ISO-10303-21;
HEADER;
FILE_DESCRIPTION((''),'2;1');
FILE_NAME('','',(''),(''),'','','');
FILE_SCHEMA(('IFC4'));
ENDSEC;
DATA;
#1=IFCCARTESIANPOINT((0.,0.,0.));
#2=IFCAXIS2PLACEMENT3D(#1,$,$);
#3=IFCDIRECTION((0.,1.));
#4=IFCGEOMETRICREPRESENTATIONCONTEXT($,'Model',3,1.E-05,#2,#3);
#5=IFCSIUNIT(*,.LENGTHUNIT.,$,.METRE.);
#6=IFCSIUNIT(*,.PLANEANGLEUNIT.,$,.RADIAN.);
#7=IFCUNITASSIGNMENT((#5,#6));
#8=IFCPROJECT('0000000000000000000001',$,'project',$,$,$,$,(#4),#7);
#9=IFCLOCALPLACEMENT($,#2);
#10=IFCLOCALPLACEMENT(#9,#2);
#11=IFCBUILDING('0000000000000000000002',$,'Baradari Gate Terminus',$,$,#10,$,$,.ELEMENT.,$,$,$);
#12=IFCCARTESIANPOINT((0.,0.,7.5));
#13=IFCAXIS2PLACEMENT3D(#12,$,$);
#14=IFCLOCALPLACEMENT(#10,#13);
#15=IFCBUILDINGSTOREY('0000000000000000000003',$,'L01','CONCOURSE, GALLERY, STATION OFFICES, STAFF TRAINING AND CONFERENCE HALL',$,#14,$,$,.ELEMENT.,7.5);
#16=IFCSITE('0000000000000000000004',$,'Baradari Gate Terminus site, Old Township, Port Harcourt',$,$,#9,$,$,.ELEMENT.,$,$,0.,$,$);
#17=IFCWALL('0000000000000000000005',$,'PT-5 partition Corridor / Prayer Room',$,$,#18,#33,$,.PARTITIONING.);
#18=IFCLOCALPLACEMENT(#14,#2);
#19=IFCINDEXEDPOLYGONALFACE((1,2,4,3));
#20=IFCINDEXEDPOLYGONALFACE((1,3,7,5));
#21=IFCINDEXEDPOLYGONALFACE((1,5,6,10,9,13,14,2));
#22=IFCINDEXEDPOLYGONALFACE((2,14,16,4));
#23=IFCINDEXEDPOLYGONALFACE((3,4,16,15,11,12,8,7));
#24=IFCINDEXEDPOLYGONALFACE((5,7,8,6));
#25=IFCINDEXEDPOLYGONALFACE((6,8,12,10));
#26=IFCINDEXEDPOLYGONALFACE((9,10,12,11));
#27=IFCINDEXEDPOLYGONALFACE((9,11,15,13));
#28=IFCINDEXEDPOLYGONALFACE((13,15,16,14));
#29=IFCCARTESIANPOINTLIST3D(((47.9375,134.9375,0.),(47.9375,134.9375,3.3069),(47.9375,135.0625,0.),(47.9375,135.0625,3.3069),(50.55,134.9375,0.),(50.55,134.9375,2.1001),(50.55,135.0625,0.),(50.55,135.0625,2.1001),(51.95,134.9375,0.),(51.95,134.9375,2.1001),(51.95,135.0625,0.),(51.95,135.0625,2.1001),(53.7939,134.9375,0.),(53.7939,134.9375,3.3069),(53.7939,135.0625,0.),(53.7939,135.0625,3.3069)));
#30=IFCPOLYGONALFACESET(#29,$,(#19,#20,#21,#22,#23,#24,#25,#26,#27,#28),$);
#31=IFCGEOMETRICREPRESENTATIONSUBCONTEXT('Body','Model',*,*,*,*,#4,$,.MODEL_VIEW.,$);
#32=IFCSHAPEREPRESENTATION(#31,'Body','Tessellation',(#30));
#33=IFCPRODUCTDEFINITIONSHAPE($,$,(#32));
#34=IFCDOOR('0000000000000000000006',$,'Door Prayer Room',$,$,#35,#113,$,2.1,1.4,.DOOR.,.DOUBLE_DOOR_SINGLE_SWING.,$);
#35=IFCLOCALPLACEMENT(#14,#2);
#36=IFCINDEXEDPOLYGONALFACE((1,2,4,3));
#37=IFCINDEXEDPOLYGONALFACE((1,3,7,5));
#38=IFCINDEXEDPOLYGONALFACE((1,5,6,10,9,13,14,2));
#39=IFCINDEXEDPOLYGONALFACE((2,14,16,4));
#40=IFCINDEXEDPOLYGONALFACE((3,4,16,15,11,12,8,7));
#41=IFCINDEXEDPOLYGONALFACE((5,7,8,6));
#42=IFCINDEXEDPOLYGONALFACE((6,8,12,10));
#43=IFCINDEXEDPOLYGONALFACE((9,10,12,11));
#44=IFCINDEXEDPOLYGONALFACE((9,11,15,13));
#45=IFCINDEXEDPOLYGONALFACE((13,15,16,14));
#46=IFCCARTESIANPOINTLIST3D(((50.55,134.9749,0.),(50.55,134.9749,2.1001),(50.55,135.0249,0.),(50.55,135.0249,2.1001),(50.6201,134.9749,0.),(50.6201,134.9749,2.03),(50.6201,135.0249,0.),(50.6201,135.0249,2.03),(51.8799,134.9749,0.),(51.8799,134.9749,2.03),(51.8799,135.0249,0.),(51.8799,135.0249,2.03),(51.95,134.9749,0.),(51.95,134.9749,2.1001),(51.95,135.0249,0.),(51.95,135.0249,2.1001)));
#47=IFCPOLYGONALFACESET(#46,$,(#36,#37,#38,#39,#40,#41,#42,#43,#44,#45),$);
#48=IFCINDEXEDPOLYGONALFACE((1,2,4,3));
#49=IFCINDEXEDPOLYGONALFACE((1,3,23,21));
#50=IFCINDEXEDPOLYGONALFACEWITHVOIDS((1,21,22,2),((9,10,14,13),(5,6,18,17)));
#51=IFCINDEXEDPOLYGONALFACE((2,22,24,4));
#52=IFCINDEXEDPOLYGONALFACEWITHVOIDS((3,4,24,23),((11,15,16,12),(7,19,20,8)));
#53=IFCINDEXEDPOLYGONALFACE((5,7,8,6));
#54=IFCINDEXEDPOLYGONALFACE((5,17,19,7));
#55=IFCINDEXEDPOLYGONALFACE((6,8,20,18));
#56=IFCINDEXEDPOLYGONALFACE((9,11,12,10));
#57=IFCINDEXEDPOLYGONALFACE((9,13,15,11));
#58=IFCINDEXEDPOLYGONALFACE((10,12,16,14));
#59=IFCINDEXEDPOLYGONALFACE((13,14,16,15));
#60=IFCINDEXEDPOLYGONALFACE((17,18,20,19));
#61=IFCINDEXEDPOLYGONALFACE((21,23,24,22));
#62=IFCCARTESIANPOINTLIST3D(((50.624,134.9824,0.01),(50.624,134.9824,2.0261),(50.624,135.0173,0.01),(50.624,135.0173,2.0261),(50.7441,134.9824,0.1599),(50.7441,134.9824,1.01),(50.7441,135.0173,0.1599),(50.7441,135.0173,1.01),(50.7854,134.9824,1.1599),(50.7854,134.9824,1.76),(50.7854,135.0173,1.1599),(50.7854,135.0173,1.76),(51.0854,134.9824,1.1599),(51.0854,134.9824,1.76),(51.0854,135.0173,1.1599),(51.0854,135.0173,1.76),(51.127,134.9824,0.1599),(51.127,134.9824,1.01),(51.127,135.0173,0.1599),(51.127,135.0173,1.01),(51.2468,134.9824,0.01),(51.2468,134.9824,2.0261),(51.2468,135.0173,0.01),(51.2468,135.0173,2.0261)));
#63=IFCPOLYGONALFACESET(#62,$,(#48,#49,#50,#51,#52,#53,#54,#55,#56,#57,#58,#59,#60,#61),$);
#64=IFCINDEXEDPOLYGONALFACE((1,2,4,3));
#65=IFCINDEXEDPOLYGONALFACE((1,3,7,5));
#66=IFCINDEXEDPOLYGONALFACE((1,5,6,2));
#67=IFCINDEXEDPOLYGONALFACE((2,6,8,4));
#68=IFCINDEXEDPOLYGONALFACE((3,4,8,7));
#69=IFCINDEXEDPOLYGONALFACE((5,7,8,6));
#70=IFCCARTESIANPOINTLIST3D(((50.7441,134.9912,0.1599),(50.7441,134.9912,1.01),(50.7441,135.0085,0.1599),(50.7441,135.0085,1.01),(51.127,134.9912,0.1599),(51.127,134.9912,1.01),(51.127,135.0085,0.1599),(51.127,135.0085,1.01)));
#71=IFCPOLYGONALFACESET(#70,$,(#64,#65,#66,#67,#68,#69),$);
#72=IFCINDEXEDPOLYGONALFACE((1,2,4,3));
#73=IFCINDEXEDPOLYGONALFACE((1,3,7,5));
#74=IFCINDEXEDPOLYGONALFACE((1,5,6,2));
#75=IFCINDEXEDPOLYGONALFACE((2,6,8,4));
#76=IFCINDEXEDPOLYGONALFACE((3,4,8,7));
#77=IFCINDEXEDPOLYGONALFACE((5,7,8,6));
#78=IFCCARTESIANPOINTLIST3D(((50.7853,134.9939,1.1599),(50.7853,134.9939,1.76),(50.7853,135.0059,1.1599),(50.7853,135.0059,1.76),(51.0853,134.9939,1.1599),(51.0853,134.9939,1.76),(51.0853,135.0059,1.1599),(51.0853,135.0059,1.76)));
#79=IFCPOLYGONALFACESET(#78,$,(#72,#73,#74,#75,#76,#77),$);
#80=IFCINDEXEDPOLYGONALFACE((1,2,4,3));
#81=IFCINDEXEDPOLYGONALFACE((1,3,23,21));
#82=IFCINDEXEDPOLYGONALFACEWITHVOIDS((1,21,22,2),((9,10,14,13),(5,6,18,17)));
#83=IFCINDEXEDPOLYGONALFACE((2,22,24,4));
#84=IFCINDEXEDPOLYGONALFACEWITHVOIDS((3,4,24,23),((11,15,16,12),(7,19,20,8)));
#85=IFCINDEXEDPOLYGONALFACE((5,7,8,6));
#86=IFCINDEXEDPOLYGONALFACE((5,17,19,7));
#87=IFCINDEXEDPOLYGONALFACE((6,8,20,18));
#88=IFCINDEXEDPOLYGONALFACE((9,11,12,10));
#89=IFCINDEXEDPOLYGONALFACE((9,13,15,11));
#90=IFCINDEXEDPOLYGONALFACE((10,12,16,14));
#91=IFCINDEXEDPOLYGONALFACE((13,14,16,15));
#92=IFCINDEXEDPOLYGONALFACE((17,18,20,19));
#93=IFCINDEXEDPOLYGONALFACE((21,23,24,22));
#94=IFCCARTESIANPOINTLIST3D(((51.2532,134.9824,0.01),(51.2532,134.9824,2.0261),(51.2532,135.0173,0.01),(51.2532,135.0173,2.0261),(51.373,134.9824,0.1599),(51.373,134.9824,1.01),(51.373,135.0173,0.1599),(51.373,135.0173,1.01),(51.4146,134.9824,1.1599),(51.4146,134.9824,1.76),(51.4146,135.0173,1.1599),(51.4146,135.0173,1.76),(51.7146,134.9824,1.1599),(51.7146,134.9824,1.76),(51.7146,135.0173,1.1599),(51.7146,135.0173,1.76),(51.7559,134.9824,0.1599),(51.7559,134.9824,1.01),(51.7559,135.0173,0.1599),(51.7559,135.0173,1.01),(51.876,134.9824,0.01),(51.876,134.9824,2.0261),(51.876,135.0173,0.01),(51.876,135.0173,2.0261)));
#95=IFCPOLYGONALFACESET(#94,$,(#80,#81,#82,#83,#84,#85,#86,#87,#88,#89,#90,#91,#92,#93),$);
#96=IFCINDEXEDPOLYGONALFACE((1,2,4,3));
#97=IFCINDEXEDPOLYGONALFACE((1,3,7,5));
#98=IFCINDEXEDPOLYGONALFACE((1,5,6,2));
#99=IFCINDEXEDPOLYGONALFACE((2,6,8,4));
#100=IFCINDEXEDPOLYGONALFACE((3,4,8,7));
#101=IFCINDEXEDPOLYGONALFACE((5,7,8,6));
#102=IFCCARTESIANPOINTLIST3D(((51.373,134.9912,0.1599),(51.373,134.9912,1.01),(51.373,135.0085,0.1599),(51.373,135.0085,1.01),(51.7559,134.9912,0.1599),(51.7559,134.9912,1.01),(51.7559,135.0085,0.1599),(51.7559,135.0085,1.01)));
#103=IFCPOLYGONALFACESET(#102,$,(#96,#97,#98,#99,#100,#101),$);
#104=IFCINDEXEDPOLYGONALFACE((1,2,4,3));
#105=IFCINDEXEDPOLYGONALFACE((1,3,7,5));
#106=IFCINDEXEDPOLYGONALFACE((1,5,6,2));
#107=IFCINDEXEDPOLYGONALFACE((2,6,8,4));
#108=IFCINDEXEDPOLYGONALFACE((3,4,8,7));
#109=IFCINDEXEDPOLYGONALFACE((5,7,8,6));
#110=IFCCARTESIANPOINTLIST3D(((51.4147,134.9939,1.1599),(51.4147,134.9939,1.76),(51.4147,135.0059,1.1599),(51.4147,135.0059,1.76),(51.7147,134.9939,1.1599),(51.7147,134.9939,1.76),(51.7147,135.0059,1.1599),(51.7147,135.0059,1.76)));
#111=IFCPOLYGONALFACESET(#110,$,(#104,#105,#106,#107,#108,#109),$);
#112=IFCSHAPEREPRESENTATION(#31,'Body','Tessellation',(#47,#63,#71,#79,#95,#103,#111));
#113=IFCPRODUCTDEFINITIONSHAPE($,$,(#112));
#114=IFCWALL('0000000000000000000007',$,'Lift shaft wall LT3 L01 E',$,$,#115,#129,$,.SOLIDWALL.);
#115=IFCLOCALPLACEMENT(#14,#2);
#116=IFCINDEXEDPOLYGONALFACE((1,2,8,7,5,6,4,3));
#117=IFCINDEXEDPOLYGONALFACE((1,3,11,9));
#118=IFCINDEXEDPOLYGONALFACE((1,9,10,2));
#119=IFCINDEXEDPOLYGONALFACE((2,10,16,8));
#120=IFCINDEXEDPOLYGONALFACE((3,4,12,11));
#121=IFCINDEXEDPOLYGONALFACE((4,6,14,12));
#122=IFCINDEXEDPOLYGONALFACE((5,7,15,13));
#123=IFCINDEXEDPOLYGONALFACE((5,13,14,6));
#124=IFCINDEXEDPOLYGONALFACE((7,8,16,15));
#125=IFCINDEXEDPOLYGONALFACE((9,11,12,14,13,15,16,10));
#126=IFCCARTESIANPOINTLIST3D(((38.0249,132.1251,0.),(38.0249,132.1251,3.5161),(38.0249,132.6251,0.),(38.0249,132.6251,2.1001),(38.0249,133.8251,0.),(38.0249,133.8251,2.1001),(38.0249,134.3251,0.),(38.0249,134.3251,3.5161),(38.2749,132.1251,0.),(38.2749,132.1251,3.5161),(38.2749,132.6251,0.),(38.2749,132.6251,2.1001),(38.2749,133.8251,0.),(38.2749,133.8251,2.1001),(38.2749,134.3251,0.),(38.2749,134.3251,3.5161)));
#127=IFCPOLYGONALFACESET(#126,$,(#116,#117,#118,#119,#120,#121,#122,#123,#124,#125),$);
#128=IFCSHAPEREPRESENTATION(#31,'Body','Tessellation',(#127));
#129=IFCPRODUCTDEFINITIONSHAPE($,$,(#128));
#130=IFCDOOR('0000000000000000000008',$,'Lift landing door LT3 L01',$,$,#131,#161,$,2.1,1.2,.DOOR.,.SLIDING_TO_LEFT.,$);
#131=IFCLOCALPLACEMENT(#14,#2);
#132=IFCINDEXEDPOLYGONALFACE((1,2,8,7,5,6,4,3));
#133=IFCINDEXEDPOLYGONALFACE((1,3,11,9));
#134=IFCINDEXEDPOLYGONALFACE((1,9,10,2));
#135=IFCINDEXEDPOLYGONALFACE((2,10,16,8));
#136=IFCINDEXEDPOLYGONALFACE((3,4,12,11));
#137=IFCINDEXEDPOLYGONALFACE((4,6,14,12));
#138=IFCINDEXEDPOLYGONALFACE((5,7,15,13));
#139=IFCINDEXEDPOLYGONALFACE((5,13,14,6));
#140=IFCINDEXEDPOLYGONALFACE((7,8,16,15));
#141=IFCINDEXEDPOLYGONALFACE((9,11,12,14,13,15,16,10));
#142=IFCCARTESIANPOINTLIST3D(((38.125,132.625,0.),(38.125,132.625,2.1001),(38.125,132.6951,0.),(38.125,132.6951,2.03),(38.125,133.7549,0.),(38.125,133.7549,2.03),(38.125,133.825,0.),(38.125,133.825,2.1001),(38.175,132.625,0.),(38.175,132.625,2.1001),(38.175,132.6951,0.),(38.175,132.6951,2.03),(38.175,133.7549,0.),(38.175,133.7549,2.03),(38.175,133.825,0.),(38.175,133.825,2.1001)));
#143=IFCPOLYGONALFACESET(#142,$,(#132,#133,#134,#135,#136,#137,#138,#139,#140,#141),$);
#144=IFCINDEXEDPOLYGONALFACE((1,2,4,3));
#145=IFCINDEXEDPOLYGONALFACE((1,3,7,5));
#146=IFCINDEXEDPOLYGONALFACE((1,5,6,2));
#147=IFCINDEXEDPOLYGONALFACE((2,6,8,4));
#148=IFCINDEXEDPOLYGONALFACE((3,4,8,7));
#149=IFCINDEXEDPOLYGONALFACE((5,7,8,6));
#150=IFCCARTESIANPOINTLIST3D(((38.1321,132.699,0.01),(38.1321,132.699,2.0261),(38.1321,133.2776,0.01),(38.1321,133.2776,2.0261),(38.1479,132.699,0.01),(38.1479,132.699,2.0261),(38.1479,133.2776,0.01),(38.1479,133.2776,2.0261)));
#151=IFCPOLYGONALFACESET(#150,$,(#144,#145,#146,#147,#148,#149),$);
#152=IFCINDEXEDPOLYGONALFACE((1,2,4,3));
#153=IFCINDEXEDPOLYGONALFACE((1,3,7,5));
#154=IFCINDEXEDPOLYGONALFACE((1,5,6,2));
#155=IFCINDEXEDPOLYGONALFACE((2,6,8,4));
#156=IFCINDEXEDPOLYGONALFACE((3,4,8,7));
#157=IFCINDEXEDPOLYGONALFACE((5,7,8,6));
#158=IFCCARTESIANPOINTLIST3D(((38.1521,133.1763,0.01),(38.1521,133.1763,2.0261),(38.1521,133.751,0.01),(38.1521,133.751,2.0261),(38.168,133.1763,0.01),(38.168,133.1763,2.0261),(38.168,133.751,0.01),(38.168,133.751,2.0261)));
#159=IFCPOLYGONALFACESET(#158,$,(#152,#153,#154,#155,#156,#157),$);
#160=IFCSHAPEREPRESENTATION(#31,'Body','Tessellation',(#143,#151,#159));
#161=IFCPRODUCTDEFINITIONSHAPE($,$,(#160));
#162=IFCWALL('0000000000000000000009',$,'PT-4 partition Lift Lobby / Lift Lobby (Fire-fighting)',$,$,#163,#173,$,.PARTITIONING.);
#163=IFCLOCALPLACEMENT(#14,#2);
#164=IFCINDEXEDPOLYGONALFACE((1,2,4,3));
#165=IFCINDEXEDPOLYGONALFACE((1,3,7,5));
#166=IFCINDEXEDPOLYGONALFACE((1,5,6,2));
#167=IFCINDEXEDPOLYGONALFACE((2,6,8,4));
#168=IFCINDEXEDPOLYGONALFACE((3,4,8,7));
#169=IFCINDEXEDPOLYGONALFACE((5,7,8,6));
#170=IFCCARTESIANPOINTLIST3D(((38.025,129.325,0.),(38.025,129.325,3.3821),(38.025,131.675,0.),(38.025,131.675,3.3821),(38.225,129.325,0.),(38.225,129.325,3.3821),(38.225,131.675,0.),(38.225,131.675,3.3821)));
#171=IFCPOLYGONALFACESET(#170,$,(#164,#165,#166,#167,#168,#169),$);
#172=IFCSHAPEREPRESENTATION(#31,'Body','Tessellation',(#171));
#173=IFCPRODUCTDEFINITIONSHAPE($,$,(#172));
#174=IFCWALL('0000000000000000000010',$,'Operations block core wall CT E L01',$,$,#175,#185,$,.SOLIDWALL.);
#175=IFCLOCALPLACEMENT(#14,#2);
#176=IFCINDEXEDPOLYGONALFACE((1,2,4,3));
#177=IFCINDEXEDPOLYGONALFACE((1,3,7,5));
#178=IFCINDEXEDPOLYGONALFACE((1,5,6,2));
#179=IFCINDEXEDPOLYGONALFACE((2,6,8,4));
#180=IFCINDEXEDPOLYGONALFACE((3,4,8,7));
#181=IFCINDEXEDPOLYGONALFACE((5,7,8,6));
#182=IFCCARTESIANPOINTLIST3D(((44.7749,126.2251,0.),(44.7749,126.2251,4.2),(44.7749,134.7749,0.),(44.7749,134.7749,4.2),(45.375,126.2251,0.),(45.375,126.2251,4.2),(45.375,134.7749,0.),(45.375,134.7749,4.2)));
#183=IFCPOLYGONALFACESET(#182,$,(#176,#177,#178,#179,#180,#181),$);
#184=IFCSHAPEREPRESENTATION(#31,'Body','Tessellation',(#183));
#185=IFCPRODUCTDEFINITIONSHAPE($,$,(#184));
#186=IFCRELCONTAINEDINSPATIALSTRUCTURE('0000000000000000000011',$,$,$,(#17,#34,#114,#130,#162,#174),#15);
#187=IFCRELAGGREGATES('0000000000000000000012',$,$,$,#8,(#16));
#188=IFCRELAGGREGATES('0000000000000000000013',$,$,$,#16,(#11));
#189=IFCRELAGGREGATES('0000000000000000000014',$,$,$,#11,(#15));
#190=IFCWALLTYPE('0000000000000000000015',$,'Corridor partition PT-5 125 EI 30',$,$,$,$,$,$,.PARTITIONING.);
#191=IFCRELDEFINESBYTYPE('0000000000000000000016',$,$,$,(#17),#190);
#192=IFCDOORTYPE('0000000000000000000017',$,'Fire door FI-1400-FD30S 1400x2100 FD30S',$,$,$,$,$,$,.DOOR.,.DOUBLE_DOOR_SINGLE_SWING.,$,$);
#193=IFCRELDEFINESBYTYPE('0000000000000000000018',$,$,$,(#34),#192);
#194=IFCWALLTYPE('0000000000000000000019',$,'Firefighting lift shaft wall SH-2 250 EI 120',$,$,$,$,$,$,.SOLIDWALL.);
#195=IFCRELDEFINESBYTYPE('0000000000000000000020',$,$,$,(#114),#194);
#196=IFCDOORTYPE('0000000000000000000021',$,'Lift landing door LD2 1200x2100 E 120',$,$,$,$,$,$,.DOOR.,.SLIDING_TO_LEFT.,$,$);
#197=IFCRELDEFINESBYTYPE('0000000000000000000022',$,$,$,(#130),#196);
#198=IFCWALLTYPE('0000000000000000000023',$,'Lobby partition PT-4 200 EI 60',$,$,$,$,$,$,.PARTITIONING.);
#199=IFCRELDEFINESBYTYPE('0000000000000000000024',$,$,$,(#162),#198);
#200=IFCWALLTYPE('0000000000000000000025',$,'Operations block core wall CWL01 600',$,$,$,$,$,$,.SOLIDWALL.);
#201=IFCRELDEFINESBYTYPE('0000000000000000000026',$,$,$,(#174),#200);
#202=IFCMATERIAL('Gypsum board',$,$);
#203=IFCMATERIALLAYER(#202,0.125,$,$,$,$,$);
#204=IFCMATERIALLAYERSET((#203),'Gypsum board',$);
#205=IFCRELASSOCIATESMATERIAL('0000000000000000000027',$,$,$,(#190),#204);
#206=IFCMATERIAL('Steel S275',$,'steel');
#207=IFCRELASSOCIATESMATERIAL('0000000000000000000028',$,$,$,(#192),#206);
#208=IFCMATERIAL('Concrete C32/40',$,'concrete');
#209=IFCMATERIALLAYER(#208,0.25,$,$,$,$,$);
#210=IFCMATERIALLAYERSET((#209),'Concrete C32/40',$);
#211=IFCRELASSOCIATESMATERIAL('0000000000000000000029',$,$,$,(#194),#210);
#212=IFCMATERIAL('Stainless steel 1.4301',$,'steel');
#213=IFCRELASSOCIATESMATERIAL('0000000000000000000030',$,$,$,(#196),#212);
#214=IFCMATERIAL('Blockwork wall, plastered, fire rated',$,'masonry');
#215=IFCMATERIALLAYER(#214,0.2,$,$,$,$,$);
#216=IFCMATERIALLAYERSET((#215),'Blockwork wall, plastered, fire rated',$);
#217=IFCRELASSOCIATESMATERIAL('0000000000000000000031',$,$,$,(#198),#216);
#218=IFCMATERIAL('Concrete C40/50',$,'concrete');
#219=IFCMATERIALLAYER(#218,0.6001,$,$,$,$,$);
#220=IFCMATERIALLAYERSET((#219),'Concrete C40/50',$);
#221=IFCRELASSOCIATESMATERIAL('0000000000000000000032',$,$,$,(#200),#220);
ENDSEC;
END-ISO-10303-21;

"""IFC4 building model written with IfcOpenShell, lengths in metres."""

from ifc_helpers import new_model, si_unit, direction, frame, frame_2d, origin, place, context, subcontext, project, spatial, polyline, rectangle, outline, extrude, material, layer, layer_set, type_object, element, fill, save


model = new_model("IFC4")

# Units and contexts
model_context = context("Model", 3, precision=1e-05, world=origin(), true_north=direction((0.0, 1.0)))
body_context = subcontext(model_context, "Body", "Model", "MODEL_VIEW")
ifc_project = project(units=[si_unit("LENGTHUNIT", "METRE"), si_unit("PLANEANGLEUNIT", "RADIAN")], contexts=[model_context])

# Site, building, storey
site_placement = place(None, origin())
site = spatial("IfcSite", under=ifc_project, at=site_placement, Name="Baradari Gate Terminus site, Old Township, Port Harcourt", CompositionType="ELEMENT", RefElevation=0.0)
building_placement = place(site_placement, origin())
building = spatial("IfcBuilding", under=site, at=building_placement, Name="Baradari Gate Terminus", CompositionType="ELEMENT")
storey_placement = place(building_placement, frame((0.0, 0.0, 7.5)))
storey = spatial("IfcBuildingStorey", under=building, at=storey_placement, Name="L01", Description="CONCOURSE, GALLERY, STATION OFFICES, STAFF TRAINING AND CONFERENCE HALL", CompositionType="ELEMENT", Elevation=7.5)

# Shared definitions
ifc_material_1 = material(Name="Gypsum board")
ifc_layer_1 = layer(ifc_material_1, 0.125)
ifc_layer_set_1 = layer_set([ifc_layer_1], Name="Gypsum board")
wall_type_1 = type_object("IfcWallType", Name="Corridor partition PT-5 125 EI 30", PredefinedType="PARTITIONING", material=ifc_layer_set_1)

# Walls, openings, doors
wall_1_placement = place(storey_placement, frame((47.9375, 135.0, 0.0), z_axis=(0.0, 0.0, 1.0), x_axis=(1.0, 0.0, 0.0)))
wall_1 = element("IfcWall", 1, at=wall_1_placement, inside=storey, type_object=wall_type_1, Name="PT-5 partition Corridor / Prayer Room", PredefinedType="PARTITIONING", context=body_context, shape_type="SweptSolid", body=[
    extrude(rectangle(XDim=5.8564, YDim=0.125, at=frame_2d((2.9282, 0.0))), origin(), (0.0, 0.0, 1.0), 3.3069),
])
opening_1_placement = place(wall_1_placement, frame((2.6125, 0.0, 0.0)))
opening_1 = element("IfcOpeningElement", 2, at=opening_1_placement, cuts=wall_1, PredefinedType="OPENING", context=body_context, shape_type="SweptSolid", body=[
    extrude(rectangle(XDim=1.3999, YDim=2.1001, at=frame_2d((0.7, 1.05))), frame((0.0, 0.0725, 0.0), z_axis=(0.0, -1.0, 0.0), x_axis=(1.0, 0.0, 0.0)), (0.0, 0.0, 1.0), 0.145),
])
ifc_material_2 = material(Name="Steel S275", Category="steel")
door_type_1 = type_object("IfcDoorType", Name="Fire door FI-1400-FD30S 1400x2100 FD30S", OperationType="DOUBLE_DOOR_SINGLE_SWING", PredefinedType="DOOR", material=ifc_material_2)
door_1_placement = place(opening_1_placement, origin())
door_1 = element("IfcDoor", 3, at=door_1_placement, inside=storey, type_object=door_type_1, Name="Door Prayer Room", OperationType="DOUBLE_DOOR_SINGLE_SWING", OverallHeight=2.1, OverallWidth=1.4, PredefinedType="DOOR", context=body_context, shape_type="SweptSolid", body=[
    extrude(outline(polyline([(0.0, 0.0), (0.0701, 0.0), (0.0701, 2.03), (1.3298, 2.03), (1.3298, 0.0), (1.3999, 0.0), (1.3999, 2.1001), (0.0, 2.1001), (0.0, 0.0)])), frame((0.0, 0.0249, 0.0), z_axis=(0.0, -1.0, 0.0), x_axis=(1.0, 0.0, 0.0)), (0.0, 0.0, 1.0), 0.05),
    extrude(outline(polyline([(0.074, 0.01), (0.6968, 0.01), (0.6968, 2.0261), (0.074, 2.0261), (0.074, 0.01)]), holes=[polyline([(0.1941, 0.1599), (0.5769, 0.1599), (0.5769, 1.01), (0.1941, 1.01), (0.1941, 0.1599)]), polyline([(0.2354, 1.1599), (0.5354, 1.1599), (0.5354, 1.76), (0.2354, 1.76), (0.2354, 1.1599)])]), frame((0.0, 0.0173, 0.0), z_axis=(0.0, -1.0, 0.0), x_axis=(1.0, 0.0, 0.0)), (0.0, 0.0, 1.0), 0.0349),
    extrude(rectangle(XDim=0.3828, YDim=0.8501, at=frame_2d((0.3855, 0.585))), frame((0.0, 0.0085, 0.0), z_axis=(0.0, -1.0, 0.0), x_axis=(1.0, 0.0, 0.0)), (0.0, 0.0, 1.0), 0.0173),
    extrude(rectangle(XDim=0.3, YDim=0.6001, at=frame_2d((0.3853, 1.46))), frame((0.0, 0.0059, 0.0), z_axis=(0.0, -1.0, 0.0), x_axis=(1.0, 0.0, 0.0)), (0.0, 0.0, 1.0), 0.012),
    extrude(outline(polyline([(0.7031, 0.01), (1.3259, 0.01), (1.3259, 2.0261), (0.7031, 2.0261), (0.7031, 0.01)]), holes=[polyline([(0.823, 0.1599), (1.2058, 0.1599), (1.2058, 1.01), (0.823, 1.01), (0.823, 0.1599)]), polyline([(0.8645, 1.1599), (1.1646, 1.1599), (1.1646, 1.76), (0.8645, 1.76), (0.8645, 1.1599)])]), frame((0.0, 0.0173, 0.0), z_axis=(0.0, -1.0, 0.0), x_axis=(1.0, 0.0, 0.0)), (0.0, 0.0, 1.0), 0.0349),
    extrude(rectangle(XDim=0.3828, YDim=0.8501, at=frame_2d((1.0144, 0.585))), frame((0.0, 0.0085, 0.0), z_axis=(0.0, -1.0, 0.0), x_axis=(1.0, 0.0, 0.0)), (0.0, 0.0, 1.0), 0.0173),
    extrude(rectangle(XDim=0.3, YDim=0.6001, at=frame_2d((1.0146, 1.46))), frame((0.0, 0.0059, 0.0), z_axis=(0.0, -1.0, 0.0), x_axis=(1.0, 0.0, 0.0)), (0.0, 0.0, 1.0), 0.012),
])
fill(opening_1, door_1)
ifc_material_3 = material(Name="Concrete C32/40", Category="concrete")
ifc_layer_2 = layer(ifc_material_3, 0.25)
ifc_layer_set_2 = layer_set([ifc_layer_2], Name="Concrete C32/40")
wall_type_2 = type_object("IfcWallType", Name="Firefighting lift shaft wall SH-2 250 EI 120", PredefinedType="SOLIDWALL", material=ifc_layer_set_2)
wall_2_placement = place(storey_placement, frame((38.1499, 132.125, 0.0), z_axis=(0.0, 0.0, 1.0), x_axis=(0.0, 1.0, 0.0)))
wall_2 = element("IfcWall", 4, at=wall_2_placement, inside=storey, type_object=wall_type_2, Name="Lift shaft wall LT3 L01 E", PredefinedType="SOLIDWALL", context=body_context, shape_type="SweptSolid", body=[
    extrude(rectangle(XDim=2.2, YDim=0.25, at=frame_2d((1.1001, 0.0))), origin(), (0.0, 0.0, 1.0), 3.5161),
])
opening_2_placement = place(wall_2_placement, frame((0.5, 0.0, 0.0)))
opening_2 = element("IfcOpeningElement", 5, at=opening_2_placement, cuts=wall_2, PredefinedType="OPENING", context=body_context, shape_type="SweptSolid", body=[
    extrude(rectangle(XDim=1.2, YDim=2.1001, at=frame_2d((0.6001, 1.05))), frame((0.0, 0.135, 0.0), z_axis=(0.0, -1.0, 0.0), x_axis=(1.0, 0.0, 0.0)), (0.0, 0.0, 1.0), 0.27),
])
ifc_material_4 = material(Name="Stainless steel 1.4301", Category="steel")
door_type_2 = type_object("IfcDoorType", Name="Lift landing door LD2 1200x2100 E 120", OperationType="SLIDING_TO_LEFT", PredefinedType="DOOR", material=ifc_material_4)
door_2_placement = place(opening_2_placement, origin())
door_2 = element("IfcDoor", 6, at=door_2_placement, inside=storey, type_object=door_type_2, Name="Lift landing door LT3 L01", OperationType="SLIDING_TO_LEFT", OverallHeight=2.1, OverallWidth=1.2, PredefinedType="DOOR", context=body_context, shape_type="SweptSolid", body=[
    extrude(outline(polyline([(0.0, 0.0), (0.0701, 0.0), (0.0701, 2.03), (1.1299, 2.03), (1.1299, 0.0), (1.2, 0.0), (1.2, 2.1001), (0.0, 2.1001), (0.0, 0.0)])), frame((0.0, 0.0249, 0.0), z_axis=(0.0, -1.0, 0.0), x_axis=(1.0, 0.0, 0.0)), (0.0, 0.0, 1.0), 0.05),
    extrude(rectangle(XDim=0.5786, YDim=2.0161, at=frame_2d((0.3633, 1.0181))), frame((0.0, 0.0178, 0.0), z_axis=(0.0, -1.0, 0.0), x_axis=(1.0, 0.0, 0.0)), (0.0, 0.0, 1.0), 0.0159),
    extrude(rectangle(XDim=0.5747, YDim=2.0161, at=frame_2d((0.8386, 1.0181))), frame((0.0, -0.0022, 0.0), z_axis=(0.0, -1.0, 0.0), x_axis=(1.0, 0.0, 0.0)), (0.0, 0.0, 1.0), 0.0159),
])
fill(opening_2, door_2)

# Walls
ifc_material_5 = material(Name="Blockwork wall, plastered, fire rated", Category="masonry")
ifc_layer_3 = layer(ifc_material_5, 0.2)
ifc_layer_set_3 = layer_set([ifc_layer_3], Name="Blockwork wall, plastered, fire rated")
wall_type_3 = type_object("IfcWallType", Name="Lobby partition PT-4 200 EI 60", PredefinedType="PARTITIONING", material=ifc_layer_set_3)
wall_3_placement = place(storey_placement, frame((38.125, 131.675, 0.0), z_axis=(0.0, 0.0, 1.0), x_axis=(0.0, -1.0, 0.0)))
element("IfcWall", 7, at=wall_3_placement, inside=storey, type_object=wall_type_3, Name="PT-4 partition Lift Lobby / Lift Lobby (Fire-fighting)", PredefinedType="PARTITIONING", context=body_context, shape_type="SweptSolid", body=[
    extrude(rectangle(XDim=2.3501, YDim=0.2, at=frame_2d((1.175, 0.0))), origin(), (0.0, 0.0, 1.0), 3.3821),
])
ifc_material_6 = material(Name="Concrete C40/50", Category="concrete")
ifc_layer_4 = layer(ifc_material_6, 0.6001)
ifc_layer_set_4 = layer_set([ifc_layer_4], Name="Concrete C40/50")
wall_type_4 = type_object("IfcWallType", Name="Operations block core wall CWL01 600", PredefinedType="SOLIDWALL", material=ifc_layer_set_4)
wall_4_placement = place(storey_placement, frame((45.075, 126.2251, 0.0), z_axis=(0.0, 0.0, 1.0), x_axis=(0.0, 1.0, 0.0)))
element("IfcWall", 8, at=wall_4_placement, inside=storey, type_object=wall_type_4, Name="Operations block core wall CT E L01", PredefinedType="SOLIDWALL", context=body_context, shape_type="SweptSolid", body=[
    extrude(rectangle(XDim=8.5498, YDim=0.6001, at=frame_2d((4.2749, 0.0))), origin(), (0.0, 0.0, 1.0), 4.2),
])

save(model, "model.ifc")
